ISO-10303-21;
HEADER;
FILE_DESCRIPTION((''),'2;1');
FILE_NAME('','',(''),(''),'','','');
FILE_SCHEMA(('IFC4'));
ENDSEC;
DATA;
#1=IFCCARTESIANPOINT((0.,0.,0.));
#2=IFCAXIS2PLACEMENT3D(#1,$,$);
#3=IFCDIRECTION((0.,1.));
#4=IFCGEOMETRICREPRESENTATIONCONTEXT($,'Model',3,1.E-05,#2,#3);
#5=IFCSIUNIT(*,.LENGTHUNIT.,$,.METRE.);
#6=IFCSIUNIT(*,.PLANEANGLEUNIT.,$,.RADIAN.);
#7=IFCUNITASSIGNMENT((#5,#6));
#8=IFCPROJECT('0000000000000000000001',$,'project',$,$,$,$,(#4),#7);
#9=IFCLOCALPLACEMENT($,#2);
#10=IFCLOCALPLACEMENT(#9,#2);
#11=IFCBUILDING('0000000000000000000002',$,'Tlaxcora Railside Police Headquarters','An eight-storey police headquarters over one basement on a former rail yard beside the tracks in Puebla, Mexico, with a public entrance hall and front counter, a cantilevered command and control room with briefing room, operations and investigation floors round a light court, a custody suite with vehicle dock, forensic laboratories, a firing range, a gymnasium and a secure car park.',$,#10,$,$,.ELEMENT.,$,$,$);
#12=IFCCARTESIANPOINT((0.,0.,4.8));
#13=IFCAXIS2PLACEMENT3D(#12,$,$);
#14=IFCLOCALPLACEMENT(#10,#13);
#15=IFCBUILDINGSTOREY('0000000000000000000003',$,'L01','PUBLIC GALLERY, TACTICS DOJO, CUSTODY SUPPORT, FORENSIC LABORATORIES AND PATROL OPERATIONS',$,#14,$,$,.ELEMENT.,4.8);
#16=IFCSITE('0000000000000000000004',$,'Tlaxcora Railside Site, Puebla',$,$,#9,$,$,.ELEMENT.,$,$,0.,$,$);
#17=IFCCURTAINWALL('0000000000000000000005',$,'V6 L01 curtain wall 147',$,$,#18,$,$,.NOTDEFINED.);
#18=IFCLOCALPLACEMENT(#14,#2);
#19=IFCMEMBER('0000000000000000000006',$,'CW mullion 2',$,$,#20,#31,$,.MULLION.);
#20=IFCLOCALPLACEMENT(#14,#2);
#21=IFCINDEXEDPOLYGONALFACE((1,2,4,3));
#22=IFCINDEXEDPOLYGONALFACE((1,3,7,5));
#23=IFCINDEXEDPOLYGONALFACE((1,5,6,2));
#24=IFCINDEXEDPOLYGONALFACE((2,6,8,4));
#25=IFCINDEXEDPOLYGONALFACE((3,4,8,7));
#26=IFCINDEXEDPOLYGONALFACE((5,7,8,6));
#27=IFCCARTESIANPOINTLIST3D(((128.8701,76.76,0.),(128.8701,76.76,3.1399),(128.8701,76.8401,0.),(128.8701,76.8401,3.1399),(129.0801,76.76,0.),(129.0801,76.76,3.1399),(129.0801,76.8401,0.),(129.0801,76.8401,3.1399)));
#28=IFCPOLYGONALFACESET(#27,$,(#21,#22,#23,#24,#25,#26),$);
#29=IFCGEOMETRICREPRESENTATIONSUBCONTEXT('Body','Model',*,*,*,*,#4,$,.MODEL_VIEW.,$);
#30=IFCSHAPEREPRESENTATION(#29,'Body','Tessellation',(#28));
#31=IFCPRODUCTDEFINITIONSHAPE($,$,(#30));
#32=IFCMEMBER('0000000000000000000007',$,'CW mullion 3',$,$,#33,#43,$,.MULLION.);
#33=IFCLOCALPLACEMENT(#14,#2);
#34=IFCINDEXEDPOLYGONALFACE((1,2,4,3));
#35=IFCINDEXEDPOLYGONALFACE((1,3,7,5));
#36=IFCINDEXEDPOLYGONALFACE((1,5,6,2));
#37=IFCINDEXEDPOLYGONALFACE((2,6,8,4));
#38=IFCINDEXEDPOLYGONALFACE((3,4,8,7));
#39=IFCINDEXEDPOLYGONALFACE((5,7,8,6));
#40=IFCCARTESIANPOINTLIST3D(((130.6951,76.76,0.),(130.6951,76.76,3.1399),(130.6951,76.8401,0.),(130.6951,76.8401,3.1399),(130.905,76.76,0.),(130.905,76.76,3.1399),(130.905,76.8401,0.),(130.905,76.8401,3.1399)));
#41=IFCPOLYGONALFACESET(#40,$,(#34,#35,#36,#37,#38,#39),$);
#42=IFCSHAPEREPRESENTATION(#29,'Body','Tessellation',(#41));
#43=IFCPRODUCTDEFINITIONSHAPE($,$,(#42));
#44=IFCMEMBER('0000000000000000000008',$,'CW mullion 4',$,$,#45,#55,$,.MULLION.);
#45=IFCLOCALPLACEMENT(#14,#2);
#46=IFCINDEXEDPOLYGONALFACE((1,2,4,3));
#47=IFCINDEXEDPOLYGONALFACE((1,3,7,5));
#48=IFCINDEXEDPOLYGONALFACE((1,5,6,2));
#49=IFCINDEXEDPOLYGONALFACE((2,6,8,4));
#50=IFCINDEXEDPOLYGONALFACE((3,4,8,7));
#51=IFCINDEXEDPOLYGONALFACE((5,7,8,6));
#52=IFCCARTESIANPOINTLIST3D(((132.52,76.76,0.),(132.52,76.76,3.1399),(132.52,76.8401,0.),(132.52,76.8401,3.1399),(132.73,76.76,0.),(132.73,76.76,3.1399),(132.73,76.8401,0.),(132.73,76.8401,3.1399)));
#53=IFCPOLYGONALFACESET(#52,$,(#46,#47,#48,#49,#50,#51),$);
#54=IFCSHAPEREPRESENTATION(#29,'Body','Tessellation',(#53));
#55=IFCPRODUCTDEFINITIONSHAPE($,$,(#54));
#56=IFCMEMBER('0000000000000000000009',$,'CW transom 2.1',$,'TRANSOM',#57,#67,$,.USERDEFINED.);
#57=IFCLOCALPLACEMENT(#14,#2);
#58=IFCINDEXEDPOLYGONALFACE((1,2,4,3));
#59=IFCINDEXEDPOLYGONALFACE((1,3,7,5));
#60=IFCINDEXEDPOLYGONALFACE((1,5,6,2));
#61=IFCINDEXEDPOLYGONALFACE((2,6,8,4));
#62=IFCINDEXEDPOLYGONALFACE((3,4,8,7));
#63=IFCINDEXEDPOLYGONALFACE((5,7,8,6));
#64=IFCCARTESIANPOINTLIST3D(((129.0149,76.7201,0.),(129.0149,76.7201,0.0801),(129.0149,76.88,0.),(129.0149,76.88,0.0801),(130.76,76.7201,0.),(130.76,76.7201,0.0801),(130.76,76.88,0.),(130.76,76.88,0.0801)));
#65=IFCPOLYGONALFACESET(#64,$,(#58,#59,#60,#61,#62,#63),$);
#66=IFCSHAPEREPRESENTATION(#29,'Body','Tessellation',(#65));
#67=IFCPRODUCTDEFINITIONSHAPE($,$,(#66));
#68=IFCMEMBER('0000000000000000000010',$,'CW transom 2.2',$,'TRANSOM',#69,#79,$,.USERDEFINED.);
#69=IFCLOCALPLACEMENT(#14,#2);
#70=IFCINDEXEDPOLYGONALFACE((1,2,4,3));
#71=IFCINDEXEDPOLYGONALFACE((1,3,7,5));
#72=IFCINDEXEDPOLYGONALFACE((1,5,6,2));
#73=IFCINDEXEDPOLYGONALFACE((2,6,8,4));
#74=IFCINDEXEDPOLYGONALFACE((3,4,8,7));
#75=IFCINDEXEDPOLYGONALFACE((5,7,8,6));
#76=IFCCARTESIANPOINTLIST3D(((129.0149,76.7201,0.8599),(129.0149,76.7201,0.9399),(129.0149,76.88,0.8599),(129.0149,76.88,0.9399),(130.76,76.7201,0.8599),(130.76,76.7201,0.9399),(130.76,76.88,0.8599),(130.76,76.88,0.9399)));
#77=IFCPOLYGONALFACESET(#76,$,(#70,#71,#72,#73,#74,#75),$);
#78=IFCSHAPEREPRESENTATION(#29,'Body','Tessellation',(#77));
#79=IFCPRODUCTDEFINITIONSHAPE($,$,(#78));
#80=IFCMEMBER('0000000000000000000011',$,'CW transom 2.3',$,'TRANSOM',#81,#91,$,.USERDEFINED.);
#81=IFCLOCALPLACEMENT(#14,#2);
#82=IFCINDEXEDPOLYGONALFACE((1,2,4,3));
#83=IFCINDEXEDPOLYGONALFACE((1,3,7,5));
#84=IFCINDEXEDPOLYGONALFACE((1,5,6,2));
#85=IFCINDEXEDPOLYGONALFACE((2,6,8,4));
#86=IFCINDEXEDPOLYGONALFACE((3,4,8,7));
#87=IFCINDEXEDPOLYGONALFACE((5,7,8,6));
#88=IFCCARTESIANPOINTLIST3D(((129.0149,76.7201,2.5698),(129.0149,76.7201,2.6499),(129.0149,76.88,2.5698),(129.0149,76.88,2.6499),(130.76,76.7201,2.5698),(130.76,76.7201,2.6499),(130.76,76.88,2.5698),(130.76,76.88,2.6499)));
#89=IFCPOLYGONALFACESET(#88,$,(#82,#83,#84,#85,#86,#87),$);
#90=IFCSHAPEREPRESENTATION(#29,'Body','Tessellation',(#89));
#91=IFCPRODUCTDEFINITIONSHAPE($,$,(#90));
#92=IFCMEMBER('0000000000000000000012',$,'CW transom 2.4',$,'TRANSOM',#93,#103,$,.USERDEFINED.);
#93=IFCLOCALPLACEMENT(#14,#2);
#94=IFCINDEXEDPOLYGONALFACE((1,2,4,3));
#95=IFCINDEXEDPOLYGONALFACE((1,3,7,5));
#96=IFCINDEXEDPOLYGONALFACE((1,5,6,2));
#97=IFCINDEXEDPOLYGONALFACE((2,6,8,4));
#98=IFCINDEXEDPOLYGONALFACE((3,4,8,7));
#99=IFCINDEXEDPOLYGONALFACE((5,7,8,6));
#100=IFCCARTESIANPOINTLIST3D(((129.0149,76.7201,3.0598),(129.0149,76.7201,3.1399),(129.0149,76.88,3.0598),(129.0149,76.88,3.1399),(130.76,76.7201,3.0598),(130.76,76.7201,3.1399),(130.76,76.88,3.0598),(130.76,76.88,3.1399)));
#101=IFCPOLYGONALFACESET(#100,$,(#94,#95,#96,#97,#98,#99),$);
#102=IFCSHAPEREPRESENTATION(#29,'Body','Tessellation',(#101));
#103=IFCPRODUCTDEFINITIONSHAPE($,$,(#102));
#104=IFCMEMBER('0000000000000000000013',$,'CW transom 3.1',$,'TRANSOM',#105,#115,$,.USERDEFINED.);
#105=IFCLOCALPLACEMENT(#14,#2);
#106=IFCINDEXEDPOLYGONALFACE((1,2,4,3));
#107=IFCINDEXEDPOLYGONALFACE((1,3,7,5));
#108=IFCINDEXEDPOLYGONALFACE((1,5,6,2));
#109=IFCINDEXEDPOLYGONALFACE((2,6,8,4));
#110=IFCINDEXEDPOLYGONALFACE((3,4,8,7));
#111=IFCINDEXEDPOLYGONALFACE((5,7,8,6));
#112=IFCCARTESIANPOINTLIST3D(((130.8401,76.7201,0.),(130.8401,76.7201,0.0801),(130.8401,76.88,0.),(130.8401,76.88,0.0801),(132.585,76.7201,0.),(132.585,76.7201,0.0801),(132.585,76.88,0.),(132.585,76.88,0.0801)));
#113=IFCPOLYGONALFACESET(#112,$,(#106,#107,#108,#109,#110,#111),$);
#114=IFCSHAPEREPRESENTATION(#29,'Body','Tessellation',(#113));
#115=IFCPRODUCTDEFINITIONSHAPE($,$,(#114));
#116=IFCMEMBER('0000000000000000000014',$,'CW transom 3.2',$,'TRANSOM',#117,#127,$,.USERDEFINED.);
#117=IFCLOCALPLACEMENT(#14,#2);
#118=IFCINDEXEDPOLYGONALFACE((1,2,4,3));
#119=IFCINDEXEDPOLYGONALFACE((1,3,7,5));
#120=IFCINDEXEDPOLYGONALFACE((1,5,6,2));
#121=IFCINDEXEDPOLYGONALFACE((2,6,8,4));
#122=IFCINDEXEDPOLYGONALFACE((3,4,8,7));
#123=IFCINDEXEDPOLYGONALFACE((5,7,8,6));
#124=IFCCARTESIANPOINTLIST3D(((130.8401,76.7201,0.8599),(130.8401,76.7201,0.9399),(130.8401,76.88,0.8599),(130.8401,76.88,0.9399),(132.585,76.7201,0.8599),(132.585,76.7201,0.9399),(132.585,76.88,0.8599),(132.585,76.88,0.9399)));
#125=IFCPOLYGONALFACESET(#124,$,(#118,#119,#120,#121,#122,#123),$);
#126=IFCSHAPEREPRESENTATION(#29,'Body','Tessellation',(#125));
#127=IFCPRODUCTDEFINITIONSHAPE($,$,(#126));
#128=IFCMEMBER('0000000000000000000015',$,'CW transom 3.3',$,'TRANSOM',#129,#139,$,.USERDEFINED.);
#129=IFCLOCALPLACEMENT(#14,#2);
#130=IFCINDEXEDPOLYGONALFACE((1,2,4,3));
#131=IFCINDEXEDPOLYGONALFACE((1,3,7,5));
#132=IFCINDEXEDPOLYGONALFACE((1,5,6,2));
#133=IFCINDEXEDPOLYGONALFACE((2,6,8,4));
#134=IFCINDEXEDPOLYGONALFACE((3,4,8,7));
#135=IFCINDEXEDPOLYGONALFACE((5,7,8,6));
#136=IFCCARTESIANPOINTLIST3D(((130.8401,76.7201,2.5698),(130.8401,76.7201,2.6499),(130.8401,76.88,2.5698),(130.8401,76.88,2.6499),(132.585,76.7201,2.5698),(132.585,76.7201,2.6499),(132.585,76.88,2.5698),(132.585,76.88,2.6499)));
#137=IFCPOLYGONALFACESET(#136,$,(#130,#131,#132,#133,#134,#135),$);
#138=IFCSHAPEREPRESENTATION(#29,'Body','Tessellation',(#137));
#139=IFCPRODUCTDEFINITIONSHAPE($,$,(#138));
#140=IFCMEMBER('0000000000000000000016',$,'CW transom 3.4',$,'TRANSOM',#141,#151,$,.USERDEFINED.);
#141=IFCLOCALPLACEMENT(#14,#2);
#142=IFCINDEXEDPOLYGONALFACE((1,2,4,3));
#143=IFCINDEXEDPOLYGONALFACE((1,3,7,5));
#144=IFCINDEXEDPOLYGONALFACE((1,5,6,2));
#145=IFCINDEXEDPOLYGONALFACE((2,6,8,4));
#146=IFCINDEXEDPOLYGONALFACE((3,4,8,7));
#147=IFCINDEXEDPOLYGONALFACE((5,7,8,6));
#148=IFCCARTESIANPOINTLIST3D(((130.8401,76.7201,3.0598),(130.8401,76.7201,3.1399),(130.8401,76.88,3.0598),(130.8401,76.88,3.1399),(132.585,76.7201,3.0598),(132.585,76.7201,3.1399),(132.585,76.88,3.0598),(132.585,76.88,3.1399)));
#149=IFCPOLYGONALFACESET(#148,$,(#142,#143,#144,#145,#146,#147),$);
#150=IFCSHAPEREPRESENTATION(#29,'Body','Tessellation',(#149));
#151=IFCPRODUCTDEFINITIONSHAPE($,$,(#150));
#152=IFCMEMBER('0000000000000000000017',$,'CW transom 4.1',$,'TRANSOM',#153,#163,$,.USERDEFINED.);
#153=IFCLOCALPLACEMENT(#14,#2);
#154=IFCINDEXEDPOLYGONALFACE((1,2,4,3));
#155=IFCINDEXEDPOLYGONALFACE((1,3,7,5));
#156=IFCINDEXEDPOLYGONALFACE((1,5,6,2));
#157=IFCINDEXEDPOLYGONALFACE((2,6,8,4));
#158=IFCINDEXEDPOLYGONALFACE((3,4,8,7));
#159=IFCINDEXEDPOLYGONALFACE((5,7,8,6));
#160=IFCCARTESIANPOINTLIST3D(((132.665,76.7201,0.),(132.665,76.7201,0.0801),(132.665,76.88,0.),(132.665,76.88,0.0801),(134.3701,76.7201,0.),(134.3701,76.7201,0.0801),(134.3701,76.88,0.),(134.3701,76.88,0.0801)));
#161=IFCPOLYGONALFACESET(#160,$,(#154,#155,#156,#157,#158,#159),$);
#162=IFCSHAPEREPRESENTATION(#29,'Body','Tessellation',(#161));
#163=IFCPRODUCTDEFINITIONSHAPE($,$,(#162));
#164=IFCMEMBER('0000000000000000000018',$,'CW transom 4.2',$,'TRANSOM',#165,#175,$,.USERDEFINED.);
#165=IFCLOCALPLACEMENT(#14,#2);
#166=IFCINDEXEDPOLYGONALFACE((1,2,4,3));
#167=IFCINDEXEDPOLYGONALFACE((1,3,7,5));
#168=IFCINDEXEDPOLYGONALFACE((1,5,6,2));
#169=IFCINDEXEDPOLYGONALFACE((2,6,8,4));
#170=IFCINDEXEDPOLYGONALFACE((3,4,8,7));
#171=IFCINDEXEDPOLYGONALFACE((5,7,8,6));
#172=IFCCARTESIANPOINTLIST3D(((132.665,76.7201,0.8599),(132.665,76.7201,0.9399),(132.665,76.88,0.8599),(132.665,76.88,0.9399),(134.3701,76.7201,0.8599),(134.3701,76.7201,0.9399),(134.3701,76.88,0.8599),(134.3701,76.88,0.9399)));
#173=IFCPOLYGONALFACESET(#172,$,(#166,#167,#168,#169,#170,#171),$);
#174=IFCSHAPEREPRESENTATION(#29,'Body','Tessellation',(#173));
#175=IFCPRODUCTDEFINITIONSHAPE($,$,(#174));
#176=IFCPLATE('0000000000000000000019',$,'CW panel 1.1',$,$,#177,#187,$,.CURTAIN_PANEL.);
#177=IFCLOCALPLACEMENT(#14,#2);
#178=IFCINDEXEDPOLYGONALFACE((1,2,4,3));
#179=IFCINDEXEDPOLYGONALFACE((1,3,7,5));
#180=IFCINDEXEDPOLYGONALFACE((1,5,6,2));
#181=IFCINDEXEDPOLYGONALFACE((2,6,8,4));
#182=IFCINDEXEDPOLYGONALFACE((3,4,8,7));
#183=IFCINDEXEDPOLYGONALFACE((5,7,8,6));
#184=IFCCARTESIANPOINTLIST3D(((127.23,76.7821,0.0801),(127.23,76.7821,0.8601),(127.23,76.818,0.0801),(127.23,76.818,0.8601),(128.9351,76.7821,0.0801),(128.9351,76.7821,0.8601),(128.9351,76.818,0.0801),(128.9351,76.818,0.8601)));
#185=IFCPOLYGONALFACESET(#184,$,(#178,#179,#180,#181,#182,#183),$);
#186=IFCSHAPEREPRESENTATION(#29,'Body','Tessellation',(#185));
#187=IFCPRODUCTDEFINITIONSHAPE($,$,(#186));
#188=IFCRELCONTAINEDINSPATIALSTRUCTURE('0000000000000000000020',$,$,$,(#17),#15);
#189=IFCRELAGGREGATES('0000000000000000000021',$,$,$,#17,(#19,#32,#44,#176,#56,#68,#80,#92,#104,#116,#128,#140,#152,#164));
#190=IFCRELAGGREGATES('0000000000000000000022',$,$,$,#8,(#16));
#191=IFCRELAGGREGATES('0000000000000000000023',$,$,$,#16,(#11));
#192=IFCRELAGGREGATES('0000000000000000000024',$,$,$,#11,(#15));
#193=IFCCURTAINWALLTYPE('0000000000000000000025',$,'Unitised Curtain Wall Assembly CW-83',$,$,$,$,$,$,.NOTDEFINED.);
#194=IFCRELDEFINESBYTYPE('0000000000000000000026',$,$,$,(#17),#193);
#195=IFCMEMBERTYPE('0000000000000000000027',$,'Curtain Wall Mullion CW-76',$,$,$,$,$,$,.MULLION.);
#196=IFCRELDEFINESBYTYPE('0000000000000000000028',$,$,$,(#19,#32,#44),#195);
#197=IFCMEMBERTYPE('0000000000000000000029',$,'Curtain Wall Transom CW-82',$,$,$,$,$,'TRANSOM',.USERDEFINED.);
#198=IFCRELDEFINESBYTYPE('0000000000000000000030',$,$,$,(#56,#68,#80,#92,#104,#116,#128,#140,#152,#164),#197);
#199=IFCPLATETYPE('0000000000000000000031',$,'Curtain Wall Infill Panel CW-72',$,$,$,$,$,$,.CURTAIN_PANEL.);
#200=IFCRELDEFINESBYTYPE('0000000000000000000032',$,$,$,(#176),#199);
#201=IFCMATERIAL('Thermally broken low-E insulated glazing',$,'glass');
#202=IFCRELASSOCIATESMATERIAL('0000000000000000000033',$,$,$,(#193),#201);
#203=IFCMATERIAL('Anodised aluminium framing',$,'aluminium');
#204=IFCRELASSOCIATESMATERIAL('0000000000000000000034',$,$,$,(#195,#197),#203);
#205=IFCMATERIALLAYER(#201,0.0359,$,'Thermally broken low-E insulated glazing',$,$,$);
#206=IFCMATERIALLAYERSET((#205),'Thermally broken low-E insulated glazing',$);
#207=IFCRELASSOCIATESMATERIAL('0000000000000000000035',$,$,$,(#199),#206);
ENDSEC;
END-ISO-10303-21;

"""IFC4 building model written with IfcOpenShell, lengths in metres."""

from ifc_helpers import new_model, si_unit, direction, frame, origin, origin_2d, place, context, subcontext, project, spatial, rectangle, extrude, material, layer, layer_set, material_profile, profile_set, type_object, element, aggregate, save


model = new_model("IFC4")

# Units and contexts
model_context = context("Model", 3, precision=1e-05, world=origin(), true_north=direction((0.0, 1.0)))
body_context = subcontext(model_context, "Body", "Model", "MODEL_VIEW")
ifc_project = project(units=[si_unit("LENGTHUNIT", "METRE"), si_unit("PLANEANGLEUNIT", "RADIAN")], contexts=[model_context])

# Site, building, storey
site_placement = place(None, origin())
site = spatial("IfcSite", under=ifc_project, at=site_placement, Name="Tlaxcora Railside Site, Puebla", CompositionType="ELEMENT", RefElevation=0.0)
building_placement = place(site_placement, origin())
building = spatial("IfcBuilding", under=site, at=building_placement, Name="Tlaxcora Railside Police Headquarters", Description="An eight-storey police headquarters over one basement on a former rail yard beside the tracks in Puebla, Mexico, with a public entrance hall and front counter, a cantilevered command and control room with briefing room, operations and investigation floors round a light court, a custody suite with vehicle dock, forensic laboratories, a firing range, a gymnasium and a secure car park.", CompositionType="ELEMENT")
storey_placement = place(building_placement, frame((0.0, 0.0, 4.8)))
storey = spatial("IfcBuildingStorey", under=building, at=storey_placement, Name="L01", Description="PUBLIC GALLERY, TACTICS DOJO, CUSTODY SUPPORT, FORENSIC LABORATORIES AND PATROL OPERATIONS", CompositionType="ELEMENT", Elevation=4.8)

# Curtain wall, members, plate
ifc_material_1 = material(Name="Thermally broken low-E insulated glazing", Category="glass")
curtain_wall_type = type_object("IfcCurtainWallType", Name="Unitised Curtain Wall Assembly CW-83", PredefinedType="NOTDEFINED", material=ifc_material_1)
curtain_wall_placement = place(storey_placement, origin())
curtain_wall = element("IfcCurtainWall", 1, at=curtain_wall_placement, inside=storey, type_object=curtain_wall_type, Name="V6 L01 curtain wall 147", PredefinedType="NOTDEFINED")
ifc_material_2 = material(Name="Anodised aluminium framing", Category="aluminium")
ifc_material_profile_1 = material_profile(ifc_material_2, rectangle(XDim=0.0801, YDim=0.21, at=origin_2d()), Name="AL80X210")
ifc_profile_set_1 = profile_set([ifc_material_profile_1], Name="Anodised aluminium framing")
member_type_1 = type_object("IfcMemberType", Name="Curtain Wall Mullion CW-76", PredefinedType="MULLION", material=ifc_profile_set_1)
member_1_placement = place(storey_placement, frame((128.9751, 76.8, 0.0), z_axis=(0.0, 0.0, 1.0), x_axis=(0.0, 1.0, 0.0)))
member_1 = element("IfcMember", 2, at=member_1_placement, type_object=member_type_1, Name="CW mullion 2", PredefinedType="MULLION", context=body_context, shape_type="SweptSolid", body=[
    extrude(rectangle(XDim=0.0801, YDim=0.21, at=origin_2d()), origin(), (0.0, 0.0, 1.0), 3.1399),
])
member_2_placement = place(storey_placement, frame((130.8, 76.8, 0.0), z_axis=(0.0, 0.0, 1.0), x_axis=(0.0, 1.0, 0.0)))
member_2 = element("IfcMember", 3, at=member_2_placement, type_object=member_type_1, Name="CW mullion 3", PredefinedType="MULLION", context=body_context, shape_type="SweptSolid", body=[
    extrude(rectangle(XDim=0.0801, YDim=0.21, at=origin_2d()), origin(), (0.0, 0.0, 1.0), 3.1399),
])
member_3_placement = place(storey_placement, frame((132.625, 76.8, 0.0), z_axis=(0.0, 0.0, 1.0), x_axis=(0.0, 1.0, 0.0)))
member_3 = element("IfcMember", 4, at=member_3_placement, type_object=member_type_1, Name="CW mullion 4", PredefinedType="MULLION", context=body_context, shape_type="SweptSolid", body=[
    extrude(rectangle(XDim=0.0801, YDim=0.21, at=origin_2d()), origin(), (0.0, 0.0, 1.0), 3.1399),
])
ifc_material_profile_2 = material_profile(ifc_material_2, rectangle(XDim=0.1599, YDim=0.0801, at=origin_2d()), Name="AL80X160")
ifc_profile_set_2 = profile_set([ifc_material_profile_2], Name="Anodised aluminium framing")
member_type_2 = type_object("IfcMemberType", Name="Curtain Wall Transom CW-82", ElementType="TRANSOM", PredefinedType="USERDEFINED", material=ifc_profile_set_2)
member_4_placement = place(storey_placement, frame((129.0149, 76.8, 0.04), z_axis=(1.0, 0.0, 0.0), x_axis=(0.0, 1.0, 0.0)))
member_4 = element("IfcMember", 5, at=member_4_placement, type_object=member_type_2, Name="CW transom 2.1", ObjectType="TRANSOM", PredefinedType="USERDEFINED", context=body_context, shape_type="SweptSolid", body=[
    extrude(rectangle(XDim=0.1599, YDim=0.0801, at=origin_2d()), origin(), (0.0, 0.0, 1.0), 1.7451),
])
member_5_placement = place(storey_placement, frame((129.0149, 76.8, 0.8999), z_axis=(1.0, 0.0, 0.0), x_axis=(0.0, 1.0, 0.0)))
member_5 = element("IfcMember", 6, at=member_5_placement, type_object=member_type_2, Name="CW transom 2.2", ObjectType="TRANSOM", PredefinedType="USERDEFINED", context=body_context, shape_type="SweptSolid", body=[
    extrude(rectangle(XDim=0.1599, YDim=0.0801, at=origin_2d()), origin(), (0.0, 0.0, 1.0), 1.7451),
])
member_6_placement = place(storey_placement, frame((129.0149, 76.8, 2.6099), z_axis=(1.0, 0.0, 0.0), x_axis=(0.0, 1.0, 0.0)))
member_6 = element("IfcMember", 7, at=member_6_placement, type_object=member_type_2, Name="CW transom 2.3", ObjectType="TRANSOM", PredefinedType="USERDEFINED", context=body_context, shape_type="SweptSolid", body=[
    extrude(rectangle(XDim=0.1599, YDim=0.0801, at=origin_2d()), origin(), (0.0, 0.0, 1.0), 1.7451),
])
member_7_placement = place(storey_placement, frame((129.0149, 76.8, 3.0999), z_axis=(1.0, 0.0, 0.0), x_axis=(0.0, 1.0, 0.0)))
member_7 = element("IfcMember", 8, at=member_7_placement, type_object=member_type_2, Name="CW transom 2.4", ObjectType="TRANSOM", PredefinedType="USERDEFINED", context=body_context, shape_type="SweptSolid", body=[
    extrude(rectangle(XDim=0.1599, YDim=0.0801, at=origin_2d()), origin(), (0.0, 0.0, 1.0), 1.7451),
])
member_8_placement = place(storey_placement, frame((130.8401, 76.8, 0.04), z_axis=(1.0, 0.0, 0.0), x_axis=(0.0, 1.0, 0.0)))
member_8 = element("IfcMember", 9, at=member_8_placement, type_object=member_type_2, Name="CW transom 3.1", ObjectType="TRANSOM", PredefinedType="USERDEFINED", context=body_context, shape_type="SweptSolid", body=[
    extrude(rectangle(XDim=0.1599, YDim=0.0801, at=origin_2d()), origin(), (0.0, 0.0, 1.0), 1.7449),
])
member_9_placement = place(storey_placement, frame((130.8401, 76.8, 0.8999), z_axis=(1.0, 0.0, 0.0), x_axis=(0.0, 1.0, 0.0)))
member_9 = element("IfcMember", 10, at=member_9_placement, type_object=member_type_2, Name="CW transom 3.2", ObjectType="TRANSOM", PredefinedType="USERDEFINED", context=body_context, shape_type="SweptSolid", body=[
    extrude(rectangle(XDim=0.1599, YDim=0.0801, at=origin_2d()), origin(), (0.0, 0.0, 1.0), 1.7449),
])
member_10_placement = place(storey_placement, frame((130.8401, 76.8, 2.6099), z_axis=(1.0, 0.0, 0.0), x_axis=(0.0, 1.0, 0.0)))
member_10 = element("IfcMember", 11, at=member_10_placement, type_object=member_type_2, Name="CW transom 3.3", ObjectType="TRANSOM", PredefinedType="USERDEFINED", context=body_context, shape_type="SweptSolid", body=[
    extrude(rectangle(XDim=0.1599, YDim=0.0801, at=origin_2d()), origin(), (0.0, 0.0, 1.0), 1.7449),
])
member_11_placement = place(storey_placement, frame((130.8401, 76.8, 3.0999), z_axis=(1.0, 0.0, 0.0), x_axis=(0.0, 1.0, 0.0)))
member_11 = element("IfcMember", 12, at=member_11_placement, type_object=member_type_2, Name="CW transom 3.4", ObjectType="TRANSOM", PredefinedType="USERDEFINED", context=body_context, shape_type="SweptSolid", body=[
    extrude(rectangle(XDim=0.1599, YDim=0.0801, at=origin_2d()), origin(), (0.0, 0.0, 1.0), 1.7449),
])
member_12_placement = place(storey_placement, frame((132.665, 76.8, 0.04), z_axis=(1.0, 0.0, 0.0), x_axis=(0.0, 1.0, 0.0)))
member_12 = element("IfcMember", 13, at=member_12_placement, type_object=member_type_2, Name="CW transom 4.1", ObjectType="TRANSOM", PredefinedType="USERDEFINED", context=body_context, shape_type="SweptSolid", body=[
    extrude(rectangle(XDim=0.1599, YDim=0.0801, at=origin_2d()), origin(), (0.0, 0.0, 1.0), 1.7051),
])
member_13_placement = place(storey_placement, frame((132.665, 76.8, 0.8999), z_axis=(1.0, 0.0, 0.0), x_axis=(0.0, 1.0, 0.0)))
member_13 = element("IfcMember", 14, at=member_13_placement, type_object=member_type_2, Name="CW transom 4.2", ObjectType="TRANSOM", PredefinedType="USERDEFINED", context=body_context, shape_type="SweptSolid", body=[
    extrude(rectangle(XDim=0.1599, YDim=0.0801, at=origin_2d()), origin(), (0.0, 0.0, 1.0), 1.7051),
])
ifc_layer = layer(ifc_material_1, 0.0359, Name="Thermally broken low-E insulated glazing")
ifc_layer_set = layer_set([ifc_layer], Name="Thermally broken low-E insulated glazing")
plate_type = type_object("IfcPlateType", Name="Curtain Wall Infill Panel CW-72", PredefinedType="CURTAIN_PANEL", material=ifc_layer_set)
plate_1_placement = place(storey_placement, frame((128.0825, 76.8, 0.0801), z_axis=(0.0, 0.0, 1.0), x_axis=(1.0, 0.0, 0.0)))
plate_1 = element("IfcPlate", 15, at=plate_1_placement, type_object=plate_type, Name="CW panel 1.1", PredefinedType="CURTAIN_PANEL", context=body_context, shape_type="SweptSolid", body=[
    extrude(rectangle(XDim=1.7051, YDim=0.0359, at=origin_2d()), origin(), (0.0, 0.0, 1.0), 0.78),
])
aggregate(curtain_wall, [member_1, member_2, member_3, plate_1, member_4, member_5, member_6, member_7, member_8, member_9, member_10, member_11, member_12, member_13])

save(model, "model.ifc")
